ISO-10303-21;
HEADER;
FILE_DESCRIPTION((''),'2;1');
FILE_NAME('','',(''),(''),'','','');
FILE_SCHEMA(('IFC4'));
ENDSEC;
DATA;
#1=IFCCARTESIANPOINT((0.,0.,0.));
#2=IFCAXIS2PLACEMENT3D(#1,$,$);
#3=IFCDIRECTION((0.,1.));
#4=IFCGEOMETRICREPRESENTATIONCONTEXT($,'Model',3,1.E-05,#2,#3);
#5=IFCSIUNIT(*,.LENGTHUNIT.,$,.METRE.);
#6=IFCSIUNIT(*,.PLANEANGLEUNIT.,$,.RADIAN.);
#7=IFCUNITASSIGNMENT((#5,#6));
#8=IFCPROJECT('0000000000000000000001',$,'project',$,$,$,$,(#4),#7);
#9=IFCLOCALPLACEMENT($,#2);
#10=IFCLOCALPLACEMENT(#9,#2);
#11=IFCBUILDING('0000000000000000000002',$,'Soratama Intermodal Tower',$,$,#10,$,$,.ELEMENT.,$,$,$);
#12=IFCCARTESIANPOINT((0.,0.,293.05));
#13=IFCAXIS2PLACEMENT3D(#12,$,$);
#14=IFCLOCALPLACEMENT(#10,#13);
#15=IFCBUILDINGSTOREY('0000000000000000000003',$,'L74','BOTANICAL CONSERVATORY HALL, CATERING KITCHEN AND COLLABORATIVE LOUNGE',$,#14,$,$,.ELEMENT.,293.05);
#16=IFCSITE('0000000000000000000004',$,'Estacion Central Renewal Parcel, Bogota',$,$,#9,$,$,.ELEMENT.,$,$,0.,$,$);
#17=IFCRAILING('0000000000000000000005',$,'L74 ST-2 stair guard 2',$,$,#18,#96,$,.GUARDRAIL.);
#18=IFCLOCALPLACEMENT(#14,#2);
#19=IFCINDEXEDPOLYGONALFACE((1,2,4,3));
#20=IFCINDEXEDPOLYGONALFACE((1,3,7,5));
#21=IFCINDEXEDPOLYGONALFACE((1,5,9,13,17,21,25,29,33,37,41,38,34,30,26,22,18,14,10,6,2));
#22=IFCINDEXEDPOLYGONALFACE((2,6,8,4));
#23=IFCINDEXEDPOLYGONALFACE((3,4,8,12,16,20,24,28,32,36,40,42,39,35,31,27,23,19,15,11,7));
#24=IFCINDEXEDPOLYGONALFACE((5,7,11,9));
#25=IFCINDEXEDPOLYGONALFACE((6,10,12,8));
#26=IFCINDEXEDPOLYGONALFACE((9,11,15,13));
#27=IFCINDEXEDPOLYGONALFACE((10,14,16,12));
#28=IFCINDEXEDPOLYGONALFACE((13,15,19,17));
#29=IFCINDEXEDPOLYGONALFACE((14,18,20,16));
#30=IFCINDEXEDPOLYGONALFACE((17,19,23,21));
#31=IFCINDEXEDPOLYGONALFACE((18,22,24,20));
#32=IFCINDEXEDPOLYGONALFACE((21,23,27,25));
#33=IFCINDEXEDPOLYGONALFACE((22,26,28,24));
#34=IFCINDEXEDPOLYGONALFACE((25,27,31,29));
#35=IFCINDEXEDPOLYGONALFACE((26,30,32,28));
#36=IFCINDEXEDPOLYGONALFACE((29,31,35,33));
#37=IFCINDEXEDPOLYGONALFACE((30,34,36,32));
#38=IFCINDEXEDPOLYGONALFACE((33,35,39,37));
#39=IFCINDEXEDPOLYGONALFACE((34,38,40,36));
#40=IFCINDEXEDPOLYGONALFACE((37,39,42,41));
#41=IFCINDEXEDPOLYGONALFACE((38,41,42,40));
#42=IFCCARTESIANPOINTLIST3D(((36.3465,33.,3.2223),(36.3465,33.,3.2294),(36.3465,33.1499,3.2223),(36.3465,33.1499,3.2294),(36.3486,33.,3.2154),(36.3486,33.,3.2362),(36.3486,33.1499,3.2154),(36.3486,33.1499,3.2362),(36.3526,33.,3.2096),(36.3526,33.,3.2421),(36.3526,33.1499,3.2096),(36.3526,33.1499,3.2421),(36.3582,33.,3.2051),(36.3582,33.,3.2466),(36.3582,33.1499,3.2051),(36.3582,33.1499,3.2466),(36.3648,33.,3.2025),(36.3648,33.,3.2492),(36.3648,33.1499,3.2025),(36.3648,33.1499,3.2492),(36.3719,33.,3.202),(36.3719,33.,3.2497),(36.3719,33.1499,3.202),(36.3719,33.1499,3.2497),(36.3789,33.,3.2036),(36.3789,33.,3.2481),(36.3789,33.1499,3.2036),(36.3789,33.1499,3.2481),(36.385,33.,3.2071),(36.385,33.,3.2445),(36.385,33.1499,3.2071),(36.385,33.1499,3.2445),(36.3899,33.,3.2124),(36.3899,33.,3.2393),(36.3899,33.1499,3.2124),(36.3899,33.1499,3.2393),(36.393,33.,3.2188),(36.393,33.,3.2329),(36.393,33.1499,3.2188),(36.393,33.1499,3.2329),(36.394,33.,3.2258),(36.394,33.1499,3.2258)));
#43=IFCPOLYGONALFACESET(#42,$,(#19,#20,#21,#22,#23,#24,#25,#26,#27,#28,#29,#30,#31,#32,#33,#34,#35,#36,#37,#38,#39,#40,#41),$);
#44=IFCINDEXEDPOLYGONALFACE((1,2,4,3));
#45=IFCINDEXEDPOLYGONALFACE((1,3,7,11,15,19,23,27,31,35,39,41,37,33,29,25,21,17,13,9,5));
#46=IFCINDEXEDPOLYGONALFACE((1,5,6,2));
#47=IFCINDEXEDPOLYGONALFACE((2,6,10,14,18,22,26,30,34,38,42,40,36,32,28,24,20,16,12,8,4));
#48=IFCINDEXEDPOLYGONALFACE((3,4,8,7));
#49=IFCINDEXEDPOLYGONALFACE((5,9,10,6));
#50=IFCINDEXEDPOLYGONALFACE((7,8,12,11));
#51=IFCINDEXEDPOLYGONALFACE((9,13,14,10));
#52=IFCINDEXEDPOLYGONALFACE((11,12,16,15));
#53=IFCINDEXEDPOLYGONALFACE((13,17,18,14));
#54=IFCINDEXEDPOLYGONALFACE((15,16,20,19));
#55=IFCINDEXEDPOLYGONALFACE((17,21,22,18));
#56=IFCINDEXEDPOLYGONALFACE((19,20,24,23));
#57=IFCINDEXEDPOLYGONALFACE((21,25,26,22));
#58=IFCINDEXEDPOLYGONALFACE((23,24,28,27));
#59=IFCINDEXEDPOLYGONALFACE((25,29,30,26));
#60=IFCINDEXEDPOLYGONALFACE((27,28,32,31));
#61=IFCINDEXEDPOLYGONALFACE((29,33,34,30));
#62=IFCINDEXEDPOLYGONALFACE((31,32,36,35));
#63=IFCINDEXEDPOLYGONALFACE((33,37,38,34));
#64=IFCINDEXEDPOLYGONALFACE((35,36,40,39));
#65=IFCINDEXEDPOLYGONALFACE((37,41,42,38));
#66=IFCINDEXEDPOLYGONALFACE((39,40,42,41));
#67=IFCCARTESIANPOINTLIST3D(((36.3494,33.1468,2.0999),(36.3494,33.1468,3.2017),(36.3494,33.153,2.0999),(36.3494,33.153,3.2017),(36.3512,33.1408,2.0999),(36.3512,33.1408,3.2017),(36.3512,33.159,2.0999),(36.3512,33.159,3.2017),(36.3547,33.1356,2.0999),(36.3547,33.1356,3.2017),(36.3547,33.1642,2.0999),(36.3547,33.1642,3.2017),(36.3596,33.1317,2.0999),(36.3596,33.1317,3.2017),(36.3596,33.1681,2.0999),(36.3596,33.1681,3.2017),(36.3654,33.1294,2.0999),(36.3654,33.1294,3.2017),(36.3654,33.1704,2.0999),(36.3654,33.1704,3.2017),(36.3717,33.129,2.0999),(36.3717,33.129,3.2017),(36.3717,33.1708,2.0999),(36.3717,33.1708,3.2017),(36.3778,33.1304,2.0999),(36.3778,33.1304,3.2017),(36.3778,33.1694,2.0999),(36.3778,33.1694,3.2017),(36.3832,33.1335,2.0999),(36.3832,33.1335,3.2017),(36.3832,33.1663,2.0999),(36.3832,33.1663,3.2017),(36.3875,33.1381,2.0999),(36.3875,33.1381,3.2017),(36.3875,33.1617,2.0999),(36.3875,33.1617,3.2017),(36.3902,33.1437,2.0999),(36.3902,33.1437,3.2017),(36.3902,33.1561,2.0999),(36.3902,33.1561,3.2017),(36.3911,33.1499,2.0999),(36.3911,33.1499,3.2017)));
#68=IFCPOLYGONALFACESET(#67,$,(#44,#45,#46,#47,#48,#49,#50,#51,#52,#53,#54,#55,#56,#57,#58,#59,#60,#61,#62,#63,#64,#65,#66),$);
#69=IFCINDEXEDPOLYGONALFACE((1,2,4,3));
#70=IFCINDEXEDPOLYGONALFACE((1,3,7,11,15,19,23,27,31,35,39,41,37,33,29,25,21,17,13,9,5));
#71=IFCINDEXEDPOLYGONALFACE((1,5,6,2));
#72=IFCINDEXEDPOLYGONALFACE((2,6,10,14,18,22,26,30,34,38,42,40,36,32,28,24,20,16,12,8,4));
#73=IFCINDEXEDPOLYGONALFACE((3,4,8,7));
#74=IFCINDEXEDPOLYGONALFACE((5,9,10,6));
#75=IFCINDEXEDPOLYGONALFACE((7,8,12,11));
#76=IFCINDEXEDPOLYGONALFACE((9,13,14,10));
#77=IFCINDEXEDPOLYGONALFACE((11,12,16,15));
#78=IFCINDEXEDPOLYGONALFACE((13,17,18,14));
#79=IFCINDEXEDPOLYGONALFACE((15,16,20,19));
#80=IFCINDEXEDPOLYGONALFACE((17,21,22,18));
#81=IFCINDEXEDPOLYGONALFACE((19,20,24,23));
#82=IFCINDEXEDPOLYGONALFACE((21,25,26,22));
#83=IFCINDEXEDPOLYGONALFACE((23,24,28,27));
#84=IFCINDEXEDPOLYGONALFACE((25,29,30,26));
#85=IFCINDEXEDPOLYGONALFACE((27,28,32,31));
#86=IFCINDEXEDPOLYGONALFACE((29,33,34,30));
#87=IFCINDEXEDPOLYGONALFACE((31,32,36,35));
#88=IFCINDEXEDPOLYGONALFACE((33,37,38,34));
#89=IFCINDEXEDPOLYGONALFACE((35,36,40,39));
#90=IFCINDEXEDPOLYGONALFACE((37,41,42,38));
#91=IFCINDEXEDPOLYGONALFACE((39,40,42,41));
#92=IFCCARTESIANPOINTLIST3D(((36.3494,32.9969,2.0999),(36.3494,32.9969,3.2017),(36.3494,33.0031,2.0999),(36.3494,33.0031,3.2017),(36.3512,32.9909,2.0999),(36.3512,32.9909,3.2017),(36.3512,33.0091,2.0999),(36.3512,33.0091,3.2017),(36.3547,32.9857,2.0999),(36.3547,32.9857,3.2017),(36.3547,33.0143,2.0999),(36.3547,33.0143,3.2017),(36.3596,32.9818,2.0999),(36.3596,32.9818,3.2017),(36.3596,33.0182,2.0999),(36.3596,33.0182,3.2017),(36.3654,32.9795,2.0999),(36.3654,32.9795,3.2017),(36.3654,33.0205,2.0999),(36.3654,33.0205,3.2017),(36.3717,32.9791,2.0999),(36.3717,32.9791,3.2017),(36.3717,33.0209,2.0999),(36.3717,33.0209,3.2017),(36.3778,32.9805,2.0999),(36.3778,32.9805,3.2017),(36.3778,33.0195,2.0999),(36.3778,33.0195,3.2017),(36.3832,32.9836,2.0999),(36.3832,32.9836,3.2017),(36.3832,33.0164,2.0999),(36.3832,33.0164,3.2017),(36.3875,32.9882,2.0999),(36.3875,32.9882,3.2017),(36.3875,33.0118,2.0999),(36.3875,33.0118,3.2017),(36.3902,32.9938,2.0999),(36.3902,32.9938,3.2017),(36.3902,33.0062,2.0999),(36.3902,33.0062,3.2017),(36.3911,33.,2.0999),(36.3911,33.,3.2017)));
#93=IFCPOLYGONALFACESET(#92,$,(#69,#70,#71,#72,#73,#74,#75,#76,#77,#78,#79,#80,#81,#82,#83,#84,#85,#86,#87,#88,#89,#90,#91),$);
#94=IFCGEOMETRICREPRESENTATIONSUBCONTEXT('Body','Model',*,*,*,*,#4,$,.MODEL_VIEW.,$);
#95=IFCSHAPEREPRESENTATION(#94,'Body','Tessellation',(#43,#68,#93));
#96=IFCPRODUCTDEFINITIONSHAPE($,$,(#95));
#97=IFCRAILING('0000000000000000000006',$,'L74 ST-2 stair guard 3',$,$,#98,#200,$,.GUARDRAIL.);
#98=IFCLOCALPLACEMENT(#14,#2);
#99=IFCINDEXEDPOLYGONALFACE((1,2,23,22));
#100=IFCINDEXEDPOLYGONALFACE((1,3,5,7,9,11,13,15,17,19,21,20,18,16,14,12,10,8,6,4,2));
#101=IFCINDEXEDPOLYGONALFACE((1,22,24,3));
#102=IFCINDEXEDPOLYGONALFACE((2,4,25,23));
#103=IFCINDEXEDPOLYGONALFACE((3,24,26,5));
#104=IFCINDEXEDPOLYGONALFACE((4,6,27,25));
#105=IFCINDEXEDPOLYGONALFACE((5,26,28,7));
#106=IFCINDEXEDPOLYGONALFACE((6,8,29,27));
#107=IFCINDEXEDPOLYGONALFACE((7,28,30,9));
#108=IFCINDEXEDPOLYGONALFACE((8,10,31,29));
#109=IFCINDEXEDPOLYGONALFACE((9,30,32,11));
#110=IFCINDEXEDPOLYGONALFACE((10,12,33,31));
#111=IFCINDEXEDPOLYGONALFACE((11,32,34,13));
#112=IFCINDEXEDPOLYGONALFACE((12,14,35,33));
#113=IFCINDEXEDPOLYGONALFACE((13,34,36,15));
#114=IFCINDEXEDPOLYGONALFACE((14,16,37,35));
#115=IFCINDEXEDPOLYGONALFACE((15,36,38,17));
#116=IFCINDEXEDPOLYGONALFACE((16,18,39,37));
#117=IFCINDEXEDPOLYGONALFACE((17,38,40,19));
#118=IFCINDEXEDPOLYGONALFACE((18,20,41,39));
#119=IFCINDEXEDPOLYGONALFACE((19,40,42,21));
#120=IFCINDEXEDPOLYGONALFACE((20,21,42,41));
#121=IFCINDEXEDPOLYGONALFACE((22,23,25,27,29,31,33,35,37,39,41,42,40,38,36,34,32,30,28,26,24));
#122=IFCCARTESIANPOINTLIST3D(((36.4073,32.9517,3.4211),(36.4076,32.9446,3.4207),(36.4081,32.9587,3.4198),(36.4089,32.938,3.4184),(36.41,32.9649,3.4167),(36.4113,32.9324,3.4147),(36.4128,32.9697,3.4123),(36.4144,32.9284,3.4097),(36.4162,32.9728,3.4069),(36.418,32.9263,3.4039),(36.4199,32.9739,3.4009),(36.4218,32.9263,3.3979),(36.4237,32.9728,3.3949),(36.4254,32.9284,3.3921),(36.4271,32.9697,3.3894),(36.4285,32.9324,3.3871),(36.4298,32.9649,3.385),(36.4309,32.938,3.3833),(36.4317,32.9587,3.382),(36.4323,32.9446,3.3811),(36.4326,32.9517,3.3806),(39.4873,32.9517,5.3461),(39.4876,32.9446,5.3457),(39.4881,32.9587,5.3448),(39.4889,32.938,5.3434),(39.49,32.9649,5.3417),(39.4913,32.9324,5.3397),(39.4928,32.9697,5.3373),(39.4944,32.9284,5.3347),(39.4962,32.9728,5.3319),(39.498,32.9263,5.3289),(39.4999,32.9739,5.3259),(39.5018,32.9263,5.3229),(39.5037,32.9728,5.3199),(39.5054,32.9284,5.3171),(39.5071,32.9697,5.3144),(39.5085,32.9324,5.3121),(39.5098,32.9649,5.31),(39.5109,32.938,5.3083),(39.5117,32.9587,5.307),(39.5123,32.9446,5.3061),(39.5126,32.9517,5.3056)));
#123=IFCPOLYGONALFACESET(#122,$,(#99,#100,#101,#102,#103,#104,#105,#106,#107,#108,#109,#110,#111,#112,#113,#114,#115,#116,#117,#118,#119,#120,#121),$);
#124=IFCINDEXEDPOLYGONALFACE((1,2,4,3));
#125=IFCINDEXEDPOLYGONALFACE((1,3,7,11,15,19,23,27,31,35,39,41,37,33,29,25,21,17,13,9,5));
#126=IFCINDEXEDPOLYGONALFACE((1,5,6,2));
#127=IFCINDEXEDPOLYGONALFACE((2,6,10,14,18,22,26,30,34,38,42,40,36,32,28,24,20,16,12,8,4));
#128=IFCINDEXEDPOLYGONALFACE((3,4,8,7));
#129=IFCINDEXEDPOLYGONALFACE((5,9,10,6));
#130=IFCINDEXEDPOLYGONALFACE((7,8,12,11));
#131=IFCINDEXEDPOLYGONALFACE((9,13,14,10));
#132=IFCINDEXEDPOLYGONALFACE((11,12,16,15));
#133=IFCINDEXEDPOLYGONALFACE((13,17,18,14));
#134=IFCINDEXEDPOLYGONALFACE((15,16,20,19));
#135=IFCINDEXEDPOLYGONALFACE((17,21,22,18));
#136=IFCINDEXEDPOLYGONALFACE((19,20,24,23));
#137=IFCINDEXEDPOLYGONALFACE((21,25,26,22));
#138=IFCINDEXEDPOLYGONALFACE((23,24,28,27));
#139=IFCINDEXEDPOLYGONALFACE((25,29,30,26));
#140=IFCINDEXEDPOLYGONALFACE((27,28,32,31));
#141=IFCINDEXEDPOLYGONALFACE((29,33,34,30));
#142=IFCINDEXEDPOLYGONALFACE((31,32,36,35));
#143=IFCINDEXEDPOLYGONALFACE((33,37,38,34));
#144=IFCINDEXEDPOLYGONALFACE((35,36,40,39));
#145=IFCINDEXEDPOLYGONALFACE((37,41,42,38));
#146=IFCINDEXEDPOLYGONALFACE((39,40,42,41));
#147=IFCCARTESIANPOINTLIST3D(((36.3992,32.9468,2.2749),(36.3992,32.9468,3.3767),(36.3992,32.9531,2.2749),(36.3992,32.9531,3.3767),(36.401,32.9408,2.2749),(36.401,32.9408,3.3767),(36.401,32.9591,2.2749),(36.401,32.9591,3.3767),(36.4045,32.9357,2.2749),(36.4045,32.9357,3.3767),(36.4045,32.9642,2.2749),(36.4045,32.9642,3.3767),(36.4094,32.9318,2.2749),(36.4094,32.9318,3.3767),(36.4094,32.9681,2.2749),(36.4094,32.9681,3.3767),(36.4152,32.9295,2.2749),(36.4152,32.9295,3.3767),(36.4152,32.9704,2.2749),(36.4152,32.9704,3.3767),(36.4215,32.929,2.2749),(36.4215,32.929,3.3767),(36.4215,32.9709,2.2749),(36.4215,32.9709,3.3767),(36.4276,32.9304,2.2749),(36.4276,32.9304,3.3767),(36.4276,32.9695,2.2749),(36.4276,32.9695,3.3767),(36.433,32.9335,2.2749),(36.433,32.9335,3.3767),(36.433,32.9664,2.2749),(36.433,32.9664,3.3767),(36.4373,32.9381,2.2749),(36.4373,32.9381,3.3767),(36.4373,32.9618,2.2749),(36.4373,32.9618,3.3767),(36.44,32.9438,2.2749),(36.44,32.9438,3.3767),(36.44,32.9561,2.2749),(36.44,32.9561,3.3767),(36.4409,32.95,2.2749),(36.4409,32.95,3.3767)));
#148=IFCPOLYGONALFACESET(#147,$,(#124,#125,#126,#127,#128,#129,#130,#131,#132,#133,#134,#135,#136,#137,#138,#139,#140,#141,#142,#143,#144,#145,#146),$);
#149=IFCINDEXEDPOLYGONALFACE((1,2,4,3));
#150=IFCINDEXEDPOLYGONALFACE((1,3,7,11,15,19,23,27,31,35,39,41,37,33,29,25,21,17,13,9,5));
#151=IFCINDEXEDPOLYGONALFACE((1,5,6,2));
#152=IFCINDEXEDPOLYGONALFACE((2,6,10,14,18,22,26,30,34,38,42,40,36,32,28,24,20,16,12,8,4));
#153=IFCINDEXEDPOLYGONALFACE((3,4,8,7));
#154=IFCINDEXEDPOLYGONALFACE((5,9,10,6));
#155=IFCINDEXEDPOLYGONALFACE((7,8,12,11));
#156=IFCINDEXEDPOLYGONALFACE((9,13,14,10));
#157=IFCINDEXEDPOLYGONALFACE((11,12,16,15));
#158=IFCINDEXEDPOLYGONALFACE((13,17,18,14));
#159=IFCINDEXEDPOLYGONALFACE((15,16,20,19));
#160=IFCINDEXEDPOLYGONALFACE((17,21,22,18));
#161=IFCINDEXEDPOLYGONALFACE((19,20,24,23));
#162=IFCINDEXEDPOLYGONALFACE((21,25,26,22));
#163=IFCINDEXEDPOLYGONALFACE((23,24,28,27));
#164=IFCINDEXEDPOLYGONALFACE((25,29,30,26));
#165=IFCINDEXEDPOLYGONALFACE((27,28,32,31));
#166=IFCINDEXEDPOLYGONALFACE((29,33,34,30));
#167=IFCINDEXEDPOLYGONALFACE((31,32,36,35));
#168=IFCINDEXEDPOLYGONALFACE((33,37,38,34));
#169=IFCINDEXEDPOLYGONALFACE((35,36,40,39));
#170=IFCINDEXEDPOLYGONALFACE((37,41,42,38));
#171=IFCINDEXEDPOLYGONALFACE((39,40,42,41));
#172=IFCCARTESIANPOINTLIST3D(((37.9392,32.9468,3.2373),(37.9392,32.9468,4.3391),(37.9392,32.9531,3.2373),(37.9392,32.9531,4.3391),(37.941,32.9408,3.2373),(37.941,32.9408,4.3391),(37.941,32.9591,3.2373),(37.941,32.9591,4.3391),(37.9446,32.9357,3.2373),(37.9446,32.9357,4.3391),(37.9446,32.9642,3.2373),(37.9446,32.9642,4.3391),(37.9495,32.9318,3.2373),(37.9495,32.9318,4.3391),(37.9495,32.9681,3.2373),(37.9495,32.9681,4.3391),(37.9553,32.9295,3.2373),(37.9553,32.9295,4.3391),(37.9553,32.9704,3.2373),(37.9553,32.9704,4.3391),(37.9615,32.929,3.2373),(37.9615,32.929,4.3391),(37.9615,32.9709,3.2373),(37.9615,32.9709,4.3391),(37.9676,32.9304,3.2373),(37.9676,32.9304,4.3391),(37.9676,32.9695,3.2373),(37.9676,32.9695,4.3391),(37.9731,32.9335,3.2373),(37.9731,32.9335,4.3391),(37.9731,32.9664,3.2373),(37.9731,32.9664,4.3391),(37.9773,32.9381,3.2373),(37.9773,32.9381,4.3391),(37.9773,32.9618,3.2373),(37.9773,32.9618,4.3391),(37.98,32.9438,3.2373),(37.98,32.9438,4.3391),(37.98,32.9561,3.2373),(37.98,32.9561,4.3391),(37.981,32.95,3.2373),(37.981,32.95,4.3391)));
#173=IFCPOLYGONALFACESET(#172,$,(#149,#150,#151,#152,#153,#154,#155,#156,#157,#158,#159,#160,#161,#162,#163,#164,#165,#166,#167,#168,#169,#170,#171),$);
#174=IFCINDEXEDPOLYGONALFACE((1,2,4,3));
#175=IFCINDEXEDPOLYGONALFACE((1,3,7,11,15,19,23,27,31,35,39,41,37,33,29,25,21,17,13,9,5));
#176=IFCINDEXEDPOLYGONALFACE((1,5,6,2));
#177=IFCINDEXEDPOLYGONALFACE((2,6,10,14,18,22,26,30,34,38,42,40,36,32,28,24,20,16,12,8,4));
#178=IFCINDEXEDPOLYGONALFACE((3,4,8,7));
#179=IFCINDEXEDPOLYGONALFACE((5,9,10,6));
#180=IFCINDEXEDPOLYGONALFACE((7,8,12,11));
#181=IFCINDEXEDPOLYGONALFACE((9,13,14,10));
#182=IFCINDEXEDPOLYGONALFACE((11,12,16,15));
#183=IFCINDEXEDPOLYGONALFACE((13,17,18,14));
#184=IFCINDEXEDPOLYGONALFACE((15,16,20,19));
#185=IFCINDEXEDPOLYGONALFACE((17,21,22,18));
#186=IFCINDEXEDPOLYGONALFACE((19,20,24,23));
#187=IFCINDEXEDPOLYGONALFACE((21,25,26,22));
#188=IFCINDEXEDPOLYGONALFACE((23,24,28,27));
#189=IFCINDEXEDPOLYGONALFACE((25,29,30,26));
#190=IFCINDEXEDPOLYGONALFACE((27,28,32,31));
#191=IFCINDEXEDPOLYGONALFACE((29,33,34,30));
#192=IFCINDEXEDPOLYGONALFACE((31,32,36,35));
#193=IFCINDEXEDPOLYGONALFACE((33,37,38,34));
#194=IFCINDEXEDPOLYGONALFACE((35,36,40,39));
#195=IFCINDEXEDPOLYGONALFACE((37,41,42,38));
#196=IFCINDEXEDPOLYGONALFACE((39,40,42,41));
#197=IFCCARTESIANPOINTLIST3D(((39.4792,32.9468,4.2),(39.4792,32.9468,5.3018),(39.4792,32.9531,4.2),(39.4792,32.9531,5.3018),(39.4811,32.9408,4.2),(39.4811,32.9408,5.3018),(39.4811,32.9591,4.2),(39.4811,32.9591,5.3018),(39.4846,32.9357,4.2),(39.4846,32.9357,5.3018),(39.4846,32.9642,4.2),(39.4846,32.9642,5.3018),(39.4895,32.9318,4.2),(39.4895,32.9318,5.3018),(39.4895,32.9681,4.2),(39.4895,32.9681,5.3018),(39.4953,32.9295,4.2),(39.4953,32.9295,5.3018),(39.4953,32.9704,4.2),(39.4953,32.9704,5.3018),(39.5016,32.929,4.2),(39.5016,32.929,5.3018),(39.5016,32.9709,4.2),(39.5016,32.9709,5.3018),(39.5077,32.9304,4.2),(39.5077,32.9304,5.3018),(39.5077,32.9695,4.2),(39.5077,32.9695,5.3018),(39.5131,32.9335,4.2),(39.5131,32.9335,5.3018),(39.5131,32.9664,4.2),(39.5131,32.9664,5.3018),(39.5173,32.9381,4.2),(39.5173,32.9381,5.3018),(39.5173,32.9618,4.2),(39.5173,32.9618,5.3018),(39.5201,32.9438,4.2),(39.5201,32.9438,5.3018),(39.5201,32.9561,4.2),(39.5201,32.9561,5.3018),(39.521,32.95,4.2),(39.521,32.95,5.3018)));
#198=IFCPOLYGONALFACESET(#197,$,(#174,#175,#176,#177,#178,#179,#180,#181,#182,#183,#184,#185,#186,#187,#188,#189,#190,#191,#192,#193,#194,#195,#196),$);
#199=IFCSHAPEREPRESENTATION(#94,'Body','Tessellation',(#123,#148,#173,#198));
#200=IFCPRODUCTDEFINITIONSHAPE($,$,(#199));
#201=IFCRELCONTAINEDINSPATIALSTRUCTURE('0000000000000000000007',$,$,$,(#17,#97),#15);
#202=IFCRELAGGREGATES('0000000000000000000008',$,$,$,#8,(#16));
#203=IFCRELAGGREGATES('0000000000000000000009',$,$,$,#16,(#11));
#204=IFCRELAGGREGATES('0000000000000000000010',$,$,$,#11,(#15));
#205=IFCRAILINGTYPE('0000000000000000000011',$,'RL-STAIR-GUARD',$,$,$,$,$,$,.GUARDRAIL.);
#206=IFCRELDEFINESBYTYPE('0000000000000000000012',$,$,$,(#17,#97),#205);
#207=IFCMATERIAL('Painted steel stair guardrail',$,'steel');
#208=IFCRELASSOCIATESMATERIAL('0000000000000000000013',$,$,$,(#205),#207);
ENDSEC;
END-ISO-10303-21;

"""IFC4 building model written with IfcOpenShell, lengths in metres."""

from ifc_helpers import new_model, si_unit, direction, frame, origin, origin_2d, place, context, subcontext, project, spatial, circle, extrude, material, type_object, element, save


model = new_model("IFC4")

# Units and contexts
model_context = context("Model", 3, precision=1e-05, world=origin(), true_north=direction((0.0, 1.0)))
body_context = subcontext(model_context, "Body", "Model", "MODEL_VIEW")
ifc_project = project(units=[si_unit("LENGTHUNIT", "METRE"), si_unit("PLANEANGLEUNIT", "RADIAN")], contexts=[model_context])

# Site, building, storey
site_placement = place(None, origin())
site = spatial("IfcSite", under=ifc_project, at=site_placement, Name="Estacion Central Renewal Parcel, Bogota", CompositionType="ELEMENT", RefElevation=0.0)
building_placement = place(site_placement, origin())
building = spatial("IfcBuilding", under=site, at=building_placement, Name="Soratama Intermodal Tower", CompositionType="ELEMENT")
storey_placement = place(building_placement, frame((0.0, 0.0, 293.05)))
storey = spatial("IfcBuildingStorey", under=building, at=storey_placement, Name="L74", Description="BOTANICAL CONSERVATORY HALL, CATERING KITCHEN AND COLLABORATIVE LOUNGE", CompositionType="ELEMENT", Elevation=293.05)

# Railings
ifc_material_1 = material(Name="Painted steel stair guardrail", Category="steel")
railing_type_1 = type_object("IfcRailingType", Name="RL-STAIR-GUARD", PredefinedType="GUARDRAIL", material=ifc_material_1)
railing_1_placement = place(storey_placement, frame((36.3701, 33.1499, 2.0999)))
element("IfcRailing", 1, at=railing_1_placement, inside=storey, type_object=railing_type_1, Name="L74 ST-2 stair guard 2", PredefinedType="GUARDRAIL", context=body_context, shape_type="SweptSolid", body=[
    extrude(circle(Radius=0.0239, at=origin_2d()), frame((0.0, 0.0, 1.126), z_axis=(0.0, -1.0, 0.0), x_axis=(1.0, 0.0, 0.0)), (0.0, 0.0, 1.0), 0.1499),
    extrude(circle(Radius=0.021, at=origin_2d()), origin(), (0.0, 0.0, 1.0), 1.1018),
    extrude(circle(Radius=0.021, at=origin_2d()), frame((0.0, -0.1499, 0.0)), (0.0, 0.0, 1.0), 1.1018),
])
railing_2_placement = place(storey_placement, frame((36.4199, 32.95, 2.2749)))
element("IfcRailing", 2, at=railing_2_placement, inside=storey, type_object=railing_type_1, Name="L74 ST-2 stair guard 3", PredefinedType="GUARDRAIL", context=body_context, shape_type="SweptSolid", body=[
    extrude(circle(Radius=0.0239, at=origin_2d()), frame((0.0, 0.0, 1.126), z_axis=(0.847998, 0.0, 0.529999), x_axis=(0.0, 1.0, 0.0)), (0.0, 0.0, 1.0), 3.6321),
    extrude(circle(Radius=0.021, at=origin_2d()), origin(), (0.0, 0.0, 1.0), 1.1018),
    extrude(circle(Radius=0.021, at=origin_2d()), frame((1.54, 0.0, 0.9624)), (0.0, 0.0, 1.0), 1.1018),
    extrude(circle(Radius=0.021, at=origin_2d()), frame((3.0801, 0.0, 1.925)), (0.0, 0.0, 1.0), 1.1018),
])

save(model, "model.ifc")
